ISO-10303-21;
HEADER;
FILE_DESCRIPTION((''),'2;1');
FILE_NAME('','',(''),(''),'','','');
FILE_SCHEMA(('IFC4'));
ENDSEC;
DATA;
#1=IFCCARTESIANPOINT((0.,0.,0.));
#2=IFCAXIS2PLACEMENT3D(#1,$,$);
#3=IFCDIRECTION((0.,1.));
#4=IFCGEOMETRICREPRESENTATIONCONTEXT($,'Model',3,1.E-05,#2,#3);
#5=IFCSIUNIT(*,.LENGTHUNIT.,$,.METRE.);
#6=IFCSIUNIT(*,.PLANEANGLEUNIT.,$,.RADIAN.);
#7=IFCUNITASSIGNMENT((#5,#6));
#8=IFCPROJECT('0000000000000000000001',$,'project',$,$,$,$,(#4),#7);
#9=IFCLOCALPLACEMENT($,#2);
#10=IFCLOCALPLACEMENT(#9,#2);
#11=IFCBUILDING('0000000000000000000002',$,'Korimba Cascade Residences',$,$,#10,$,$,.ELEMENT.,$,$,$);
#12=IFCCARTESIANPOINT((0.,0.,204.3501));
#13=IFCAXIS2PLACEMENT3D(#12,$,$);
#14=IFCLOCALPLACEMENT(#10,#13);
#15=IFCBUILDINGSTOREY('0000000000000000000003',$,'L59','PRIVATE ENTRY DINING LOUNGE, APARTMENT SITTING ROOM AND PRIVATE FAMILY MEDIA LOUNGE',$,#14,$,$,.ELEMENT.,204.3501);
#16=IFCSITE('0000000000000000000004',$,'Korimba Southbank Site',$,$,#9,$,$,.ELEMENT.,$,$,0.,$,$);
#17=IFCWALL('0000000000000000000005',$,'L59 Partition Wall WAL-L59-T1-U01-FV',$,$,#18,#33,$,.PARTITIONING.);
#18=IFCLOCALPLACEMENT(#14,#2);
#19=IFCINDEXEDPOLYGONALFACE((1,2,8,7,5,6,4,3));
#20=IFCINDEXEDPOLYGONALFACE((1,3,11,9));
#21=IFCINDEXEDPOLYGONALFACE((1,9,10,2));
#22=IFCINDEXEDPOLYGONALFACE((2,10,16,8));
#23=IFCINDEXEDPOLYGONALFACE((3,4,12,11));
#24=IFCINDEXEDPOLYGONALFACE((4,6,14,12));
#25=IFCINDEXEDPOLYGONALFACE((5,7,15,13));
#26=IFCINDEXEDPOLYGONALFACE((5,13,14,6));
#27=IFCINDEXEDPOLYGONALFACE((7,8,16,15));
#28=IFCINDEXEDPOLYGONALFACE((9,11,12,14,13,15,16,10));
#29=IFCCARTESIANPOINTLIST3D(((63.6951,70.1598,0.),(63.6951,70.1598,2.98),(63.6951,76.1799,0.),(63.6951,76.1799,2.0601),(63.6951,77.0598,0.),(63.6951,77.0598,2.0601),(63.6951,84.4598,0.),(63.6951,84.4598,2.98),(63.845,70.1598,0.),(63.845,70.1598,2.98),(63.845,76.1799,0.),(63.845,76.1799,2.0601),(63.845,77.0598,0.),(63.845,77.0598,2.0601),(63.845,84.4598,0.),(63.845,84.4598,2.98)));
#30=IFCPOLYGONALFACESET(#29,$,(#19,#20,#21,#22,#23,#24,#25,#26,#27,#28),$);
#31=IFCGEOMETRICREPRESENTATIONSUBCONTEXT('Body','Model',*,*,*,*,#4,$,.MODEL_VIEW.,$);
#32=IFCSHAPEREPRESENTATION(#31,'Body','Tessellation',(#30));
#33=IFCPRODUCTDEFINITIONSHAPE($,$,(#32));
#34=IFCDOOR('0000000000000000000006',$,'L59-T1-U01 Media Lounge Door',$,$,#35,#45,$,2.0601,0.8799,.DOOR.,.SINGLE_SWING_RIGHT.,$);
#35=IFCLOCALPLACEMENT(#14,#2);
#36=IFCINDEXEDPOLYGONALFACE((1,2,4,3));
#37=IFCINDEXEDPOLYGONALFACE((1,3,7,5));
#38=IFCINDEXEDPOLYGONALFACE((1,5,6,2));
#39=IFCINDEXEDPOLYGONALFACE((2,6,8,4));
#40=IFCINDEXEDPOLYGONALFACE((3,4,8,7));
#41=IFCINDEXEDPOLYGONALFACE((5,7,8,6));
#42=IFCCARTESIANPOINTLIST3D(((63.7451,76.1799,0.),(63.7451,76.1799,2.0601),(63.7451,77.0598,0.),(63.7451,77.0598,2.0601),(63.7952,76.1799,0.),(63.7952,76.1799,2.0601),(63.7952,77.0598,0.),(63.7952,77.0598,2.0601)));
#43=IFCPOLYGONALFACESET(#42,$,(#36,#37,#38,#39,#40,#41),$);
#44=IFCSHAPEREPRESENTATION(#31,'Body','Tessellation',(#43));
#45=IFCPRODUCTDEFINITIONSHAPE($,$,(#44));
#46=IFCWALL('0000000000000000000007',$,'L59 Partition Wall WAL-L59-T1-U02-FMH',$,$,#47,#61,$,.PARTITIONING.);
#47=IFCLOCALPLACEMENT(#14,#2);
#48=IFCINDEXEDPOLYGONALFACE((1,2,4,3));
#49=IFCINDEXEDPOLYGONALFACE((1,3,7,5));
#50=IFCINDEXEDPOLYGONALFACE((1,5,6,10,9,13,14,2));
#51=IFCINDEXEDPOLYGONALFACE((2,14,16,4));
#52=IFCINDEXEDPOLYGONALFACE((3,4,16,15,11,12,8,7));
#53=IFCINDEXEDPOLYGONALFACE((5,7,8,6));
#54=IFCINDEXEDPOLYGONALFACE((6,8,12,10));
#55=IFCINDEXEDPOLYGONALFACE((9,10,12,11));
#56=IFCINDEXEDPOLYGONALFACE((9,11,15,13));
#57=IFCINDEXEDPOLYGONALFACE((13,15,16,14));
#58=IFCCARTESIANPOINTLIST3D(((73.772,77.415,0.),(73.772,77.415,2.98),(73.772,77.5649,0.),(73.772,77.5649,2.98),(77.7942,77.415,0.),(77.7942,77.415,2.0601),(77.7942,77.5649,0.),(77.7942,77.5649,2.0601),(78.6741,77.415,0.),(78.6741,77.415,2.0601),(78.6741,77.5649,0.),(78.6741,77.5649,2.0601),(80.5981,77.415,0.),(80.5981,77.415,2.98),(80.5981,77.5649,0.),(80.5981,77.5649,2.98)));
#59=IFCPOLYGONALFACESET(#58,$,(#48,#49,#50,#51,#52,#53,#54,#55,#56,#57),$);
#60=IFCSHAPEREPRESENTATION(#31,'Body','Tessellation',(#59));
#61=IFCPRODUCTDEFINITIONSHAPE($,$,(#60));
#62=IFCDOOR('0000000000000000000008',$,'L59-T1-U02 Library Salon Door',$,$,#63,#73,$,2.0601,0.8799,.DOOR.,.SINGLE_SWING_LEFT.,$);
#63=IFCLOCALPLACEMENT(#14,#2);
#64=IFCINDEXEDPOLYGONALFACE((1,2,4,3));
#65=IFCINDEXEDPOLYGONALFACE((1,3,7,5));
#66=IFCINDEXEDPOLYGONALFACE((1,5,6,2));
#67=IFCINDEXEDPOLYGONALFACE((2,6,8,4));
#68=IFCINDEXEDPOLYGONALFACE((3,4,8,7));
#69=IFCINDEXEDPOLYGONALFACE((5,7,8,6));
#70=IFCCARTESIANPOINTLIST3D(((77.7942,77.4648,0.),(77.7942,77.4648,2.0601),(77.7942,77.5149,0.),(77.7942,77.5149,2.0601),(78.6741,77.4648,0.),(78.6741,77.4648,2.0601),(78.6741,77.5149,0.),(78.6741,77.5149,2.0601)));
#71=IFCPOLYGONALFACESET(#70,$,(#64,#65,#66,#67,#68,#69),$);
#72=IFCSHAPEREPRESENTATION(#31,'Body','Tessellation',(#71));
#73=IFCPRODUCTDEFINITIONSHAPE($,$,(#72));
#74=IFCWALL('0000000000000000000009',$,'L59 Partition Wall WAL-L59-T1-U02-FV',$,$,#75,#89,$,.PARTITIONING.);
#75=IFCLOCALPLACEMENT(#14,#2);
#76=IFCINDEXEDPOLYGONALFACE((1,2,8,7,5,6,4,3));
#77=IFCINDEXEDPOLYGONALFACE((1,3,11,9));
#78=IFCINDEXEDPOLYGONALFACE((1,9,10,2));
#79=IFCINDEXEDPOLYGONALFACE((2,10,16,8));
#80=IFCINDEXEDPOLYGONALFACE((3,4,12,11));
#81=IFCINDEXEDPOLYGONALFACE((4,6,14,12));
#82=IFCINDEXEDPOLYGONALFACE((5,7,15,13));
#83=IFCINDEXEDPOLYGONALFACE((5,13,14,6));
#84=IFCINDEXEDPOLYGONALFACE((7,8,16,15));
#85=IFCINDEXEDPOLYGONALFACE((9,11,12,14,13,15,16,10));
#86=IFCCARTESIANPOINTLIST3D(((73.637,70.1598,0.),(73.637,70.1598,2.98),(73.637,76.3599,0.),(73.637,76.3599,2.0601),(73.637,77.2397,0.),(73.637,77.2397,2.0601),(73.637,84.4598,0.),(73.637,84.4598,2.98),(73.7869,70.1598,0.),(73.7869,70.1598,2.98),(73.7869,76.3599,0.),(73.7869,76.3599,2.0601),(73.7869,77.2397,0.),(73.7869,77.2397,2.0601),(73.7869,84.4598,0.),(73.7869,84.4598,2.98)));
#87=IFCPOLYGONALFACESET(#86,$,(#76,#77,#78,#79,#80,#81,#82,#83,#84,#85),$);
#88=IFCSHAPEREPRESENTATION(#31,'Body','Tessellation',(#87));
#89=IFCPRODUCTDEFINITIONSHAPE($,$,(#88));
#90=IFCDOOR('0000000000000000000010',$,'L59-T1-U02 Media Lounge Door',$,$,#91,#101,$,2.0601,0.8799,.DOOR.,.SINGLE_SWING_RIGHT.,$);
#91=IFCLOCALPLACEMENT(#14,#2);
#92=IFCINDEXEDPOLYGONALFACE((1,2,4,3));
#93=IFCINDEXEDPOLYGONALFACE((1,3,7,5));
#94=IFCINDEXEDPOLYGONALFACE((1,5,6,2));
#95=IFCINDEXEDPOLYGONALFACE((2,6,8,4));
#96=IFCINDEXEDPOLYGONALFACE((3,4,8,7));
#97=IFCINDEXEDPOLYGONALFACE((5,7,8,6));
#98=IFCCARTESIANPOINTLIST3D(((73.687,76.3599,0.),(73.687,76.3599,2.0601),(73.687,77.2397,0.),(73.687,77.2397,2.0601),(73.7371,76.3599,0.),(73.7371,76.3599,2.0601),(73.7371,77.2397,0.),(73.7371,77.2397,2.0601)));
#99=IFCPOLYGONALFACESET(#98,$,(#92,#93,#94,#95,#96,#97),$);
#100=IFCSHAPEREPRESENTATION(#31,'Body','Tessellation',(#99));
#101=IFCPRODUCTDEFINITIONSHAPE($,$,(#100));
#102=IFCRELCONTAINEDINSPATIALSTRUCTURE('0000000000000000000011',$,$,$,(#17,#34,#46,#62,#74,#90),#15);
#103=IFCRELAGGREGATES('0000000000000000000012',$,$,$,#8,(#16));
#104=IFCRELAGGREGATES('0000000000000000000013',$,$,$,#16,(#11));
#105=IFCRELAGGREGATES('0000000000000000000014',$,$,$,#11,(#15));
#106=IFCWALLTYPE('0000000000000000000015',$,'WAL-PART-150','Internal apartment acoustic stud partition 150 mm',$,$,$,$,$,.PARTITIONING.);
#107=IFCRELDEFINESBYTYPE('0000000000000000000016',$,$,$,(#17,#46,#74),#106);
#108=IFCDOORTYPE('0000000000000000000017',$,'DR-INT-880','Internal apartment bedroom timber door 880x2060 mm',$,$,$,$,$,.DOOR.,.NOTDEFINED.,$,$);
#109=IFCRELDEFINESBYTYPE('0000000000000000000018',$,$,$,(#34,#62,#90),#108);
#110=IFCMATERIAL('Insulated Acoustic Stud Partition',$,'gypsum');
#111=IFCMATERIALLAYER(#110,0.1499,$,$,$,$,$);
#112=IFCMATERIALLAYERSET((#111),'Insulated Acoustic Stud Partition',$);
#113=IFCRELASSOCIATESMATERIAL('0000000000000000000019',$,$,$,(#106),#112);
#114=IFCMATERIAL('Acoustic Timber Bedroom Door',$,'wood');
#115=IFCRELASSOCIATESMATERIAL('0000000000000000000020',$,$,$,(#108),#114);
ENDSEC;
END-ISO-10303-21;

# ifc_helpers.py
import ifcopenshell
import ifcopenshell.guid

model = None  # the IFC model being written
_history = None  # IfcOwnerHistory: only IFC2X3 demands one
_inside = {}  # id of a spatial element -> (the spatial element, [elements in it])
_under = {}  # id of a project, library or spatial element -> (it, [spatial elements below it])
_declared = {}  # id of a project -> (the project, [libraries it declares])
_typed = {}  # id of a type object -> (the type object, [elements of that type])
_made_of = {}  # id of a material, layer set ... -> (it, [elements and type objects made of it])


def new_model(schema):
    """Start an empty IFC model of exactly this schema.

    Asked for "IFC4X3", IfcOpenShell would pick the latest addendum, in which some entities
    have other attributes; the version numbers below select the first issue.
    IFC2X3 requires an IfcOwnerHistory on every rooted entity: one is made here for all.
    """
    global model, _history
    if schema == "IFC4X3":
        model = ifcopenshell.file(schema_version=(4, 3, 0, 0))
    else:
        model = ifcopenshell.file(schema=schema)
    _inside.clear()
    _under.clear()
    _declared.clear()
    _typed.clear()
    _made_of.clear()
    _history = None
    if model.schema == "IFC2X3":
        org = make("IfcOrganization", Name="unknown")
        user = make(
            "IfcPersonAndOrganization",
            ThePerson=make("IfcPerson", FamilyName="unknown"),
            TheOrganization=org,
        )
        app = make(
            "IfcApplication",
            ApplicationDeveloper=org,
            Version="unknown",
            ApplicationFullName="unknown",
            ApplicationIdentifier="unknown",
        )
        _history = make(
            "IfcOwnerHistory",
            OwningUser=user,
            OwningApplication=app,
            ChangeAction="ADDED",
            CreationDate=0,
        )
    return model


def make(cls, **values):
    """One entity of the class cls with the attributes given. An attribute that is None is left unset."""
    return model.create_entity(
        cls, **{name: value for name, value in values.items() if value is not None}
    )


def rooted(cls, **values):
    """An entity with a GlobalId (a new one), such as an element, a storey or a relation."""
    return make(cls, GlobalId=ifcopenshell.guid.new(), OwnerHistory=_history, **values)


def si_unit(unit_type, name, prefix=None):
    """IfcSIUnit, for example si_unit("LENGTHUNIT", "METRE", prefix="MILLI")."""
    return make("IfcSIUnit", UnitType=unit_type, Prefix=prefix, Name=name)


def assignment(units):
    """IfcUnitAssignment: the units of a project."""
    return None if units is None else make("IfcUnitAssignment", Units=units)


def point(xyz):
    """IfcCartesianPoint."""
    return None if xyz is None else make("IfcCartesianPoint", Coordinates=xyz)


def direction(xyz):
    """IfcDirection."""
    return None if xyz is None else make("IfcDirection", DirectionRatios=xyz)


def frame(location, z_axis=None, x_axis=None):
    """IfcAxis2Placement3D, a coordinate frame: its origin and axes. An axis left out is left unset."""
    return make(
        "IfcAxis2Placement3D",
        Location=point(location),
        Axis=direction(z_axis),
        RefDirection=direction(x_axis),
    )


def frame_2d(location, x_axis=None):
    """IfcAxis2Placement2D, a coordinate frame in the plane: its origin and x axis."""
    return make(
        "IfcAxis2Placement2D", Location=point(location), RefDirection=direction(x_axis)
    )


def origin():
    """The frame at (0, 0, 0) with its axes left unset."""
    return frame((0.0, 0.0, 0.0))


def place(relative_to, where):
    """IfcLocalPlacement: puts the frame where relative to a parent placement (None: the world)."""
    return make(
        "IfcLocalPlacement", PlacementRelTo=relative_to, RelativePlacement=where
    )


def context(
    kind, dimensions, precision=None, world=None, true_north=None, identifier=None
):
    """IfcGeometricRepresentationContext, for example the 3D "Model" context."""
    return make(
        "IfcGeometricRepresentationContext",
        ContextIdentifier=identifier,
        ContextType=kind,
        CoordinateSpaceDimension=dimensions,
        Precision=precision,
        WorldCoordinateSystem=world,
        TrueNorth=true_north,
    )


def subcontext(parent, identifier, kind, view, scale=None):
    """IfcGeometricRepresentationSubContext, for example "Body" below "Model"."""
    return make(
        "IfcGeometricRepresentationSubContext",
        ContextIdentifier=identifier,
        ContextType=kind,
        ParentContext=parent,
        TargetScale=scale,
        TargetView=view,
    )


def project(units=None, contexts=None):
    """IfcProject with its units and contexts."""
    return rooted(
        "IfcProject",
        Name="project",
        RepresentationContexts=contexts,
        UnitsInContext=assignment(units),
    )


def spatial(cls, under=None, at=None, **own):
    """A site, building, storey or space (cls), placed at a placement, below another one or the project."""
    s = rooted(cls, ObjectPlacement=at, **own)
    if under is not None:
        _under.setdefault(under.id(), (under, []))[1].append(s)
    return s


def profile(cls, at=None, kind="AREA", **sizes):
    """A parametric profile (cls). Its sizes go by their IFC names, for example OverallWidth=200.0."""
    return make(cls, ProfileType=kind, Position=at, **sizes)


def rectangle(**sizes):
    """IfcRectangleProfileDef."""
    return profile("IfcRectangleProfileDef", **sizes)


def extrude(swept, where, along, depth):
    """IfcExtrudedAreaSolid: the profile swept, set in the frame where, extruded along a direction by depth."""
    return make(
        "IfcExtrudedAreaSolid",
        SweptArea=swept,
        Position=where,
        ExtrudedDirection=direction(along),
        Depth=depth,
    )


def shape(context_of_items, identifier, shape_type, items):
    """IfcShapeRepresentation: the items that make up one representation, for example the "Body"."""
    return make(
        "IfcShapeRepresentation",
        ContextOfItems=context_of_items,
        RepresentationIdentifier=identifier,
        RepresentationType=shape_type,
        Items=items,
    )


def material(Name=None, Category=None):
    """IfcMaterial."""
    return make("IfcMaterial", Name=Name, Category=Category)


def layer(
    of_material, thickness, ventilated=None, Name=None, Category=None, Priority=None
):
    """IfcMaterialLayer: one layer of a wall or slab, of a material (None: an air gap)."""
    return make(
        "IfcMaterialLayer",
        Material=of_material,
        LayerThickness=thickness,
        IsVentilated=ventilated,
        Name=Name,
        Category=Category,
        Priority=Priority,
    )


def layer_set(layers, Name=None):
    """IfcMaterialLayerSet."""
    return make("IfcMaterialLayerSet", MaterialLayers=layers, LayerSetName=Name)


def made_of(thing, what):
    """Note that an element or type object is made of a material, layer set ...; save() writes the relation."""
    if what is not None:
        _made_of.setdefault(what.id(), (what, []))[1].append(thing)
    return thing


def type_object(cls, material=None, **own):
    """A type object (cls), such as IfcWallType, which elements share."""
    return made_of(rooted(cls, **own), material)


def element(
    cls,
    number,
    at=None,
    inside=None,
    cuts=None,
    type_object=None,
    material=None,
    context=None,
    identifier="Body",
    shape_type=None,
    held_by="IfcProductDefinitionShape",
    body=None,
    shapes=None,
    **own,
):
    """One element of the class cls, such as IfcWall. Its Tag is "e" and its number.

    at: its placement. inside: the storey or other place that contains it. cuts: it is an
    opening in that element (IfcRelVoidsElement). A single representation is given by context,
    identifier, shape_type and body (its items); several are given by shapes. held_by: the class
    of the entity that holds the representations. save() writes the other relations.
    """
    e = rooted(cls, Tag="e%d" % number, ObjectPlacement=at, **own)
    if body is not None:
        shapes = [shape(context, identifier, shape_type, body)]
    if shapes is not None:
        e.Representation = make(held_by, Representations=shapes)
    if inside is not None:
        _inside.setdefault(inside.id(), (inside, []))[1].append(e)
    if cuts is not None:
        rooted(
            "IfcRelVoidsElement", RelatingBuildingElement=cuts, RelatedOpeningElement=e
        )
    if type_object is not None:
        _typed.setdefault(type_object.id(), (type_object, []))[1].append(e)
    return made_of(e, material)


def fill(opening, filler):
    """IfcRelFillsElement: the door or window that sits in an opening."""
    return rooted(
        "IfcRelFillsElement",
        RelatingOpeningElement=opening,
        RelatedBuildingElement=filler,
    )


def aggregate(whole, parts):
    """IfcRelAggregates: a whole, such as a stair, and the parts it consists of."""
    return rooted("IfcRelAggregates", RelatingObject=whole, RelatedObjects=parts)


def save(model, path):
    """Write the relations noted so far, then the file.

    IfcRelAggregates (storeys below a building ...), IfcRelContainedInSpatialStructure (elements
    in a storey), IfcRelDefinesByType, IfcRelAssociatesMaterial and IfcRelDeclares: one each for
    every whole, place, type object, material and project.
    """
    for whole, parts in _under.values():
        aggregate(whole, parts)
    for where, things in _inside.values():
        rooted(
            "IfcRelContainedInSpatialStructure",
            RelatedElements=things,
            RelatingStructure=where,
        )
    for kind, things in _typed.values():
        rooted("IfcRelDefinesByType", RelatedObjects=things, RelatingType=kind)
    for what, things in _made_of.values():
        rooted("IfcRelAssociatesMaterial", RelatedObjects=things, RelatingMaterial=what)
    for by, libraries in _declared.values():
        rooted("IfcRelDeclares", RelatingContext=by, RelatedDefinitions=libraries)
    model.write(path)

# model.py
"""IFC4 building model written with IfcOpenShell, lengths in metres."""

from ifc_helpers import new_model, si_unit, direction, frame, frame_2d, origin, place, context, subcontext, project, spatial, rectangle, extrude, material, layer, layer_set, type_object, element, fill, save


model = new_model("IFC4")

# Units and contexts
model_context = context("Model", 3, precision=1e-05, world=origin(), true_north=direction((0.0, 1.0)))
body_context = subcontext(model_context, "Body", "Model", "MODEL_VIEW")
ifc_project = project(units=[si_unit("LENGTHUNIT", "METRE"), si_unit("PLANEANGLEUNIT", "RADIAN")], contexts=[model_context])

# Site, building, storey
site_placement = place(None, origin())
site = spatial("IfcSite", under=ifc_project, at=site_placement, Name="Korimba Southbank Site", CompositionType="ELEMENT", RefElevation=0.0)
building_placement = place(site_placement, origin())
building = spatial("IfcBuilding", under=site, at=building_placement, Name="Korimba Cascade Residences", CompositionType="ELEMENT")
storey_placement = place(building_placement, frame((0.0, 0.0, 204.3501)))
storey = spatial("IfcBuildingStorey", under=building, at=storey_placement, Name="L59", Description="PRIVATE ENTRY DINING LOUNGE, APARTMENT SITTING ROOM AND PRIVATE FAMILY MEDIA LOUNGE", CompositionType="ELEMENT", Elevation=204.3501)

# Walls, openings, doors
ifc_material_1 = material(Name="Insulated Acoustic Stud Partition", Category="gypsum")
ifc_layer_1 = layer(ifc_material_1, 0.1499)
ifc_layer_set_1 = layer_set([ifc_layer_1], Name="Insulated Acoustic Stud Partition")
wall_type_1 = type_object("IfcWallType", Name="WAL-PART-150", Description="Internal apartment acoustic stud partition 150 mm", PredefinedType="PARTITIONING", material=ifc_layer_set_1)
ifc_material_2 = material(Name="Acoustic Timber Bedroom Door", Category="wood")
door_type_1 = type_object("IfcDoorType", Name="DR-INT-880", Description="Internal apartment bedroom timber door 880x2060 mm", OperationType="NOTDEFINED", PredefinedType="DOOR", material=ifc_material_2)
wall_1_placement = place(storey_placement, frame((63.77, 70.1599, 0.0), z_axis=(0.0, 0.0, 1.0), x_axis=(0.0, 1.0, 0.0)))
wall_1 = element("IfcWall", 1, at=wall_1_placement, inside=storey, type_object=wall_type_1, Name="L59 Partition Wall WAL-L59-T1-U01-FV", PredefinedType="PARTITIONING", context=body_context, shape_type="SweptSolid", body=[
    extrude(rectangle(XDim=14.3, YDim=0.1499, at=frame_2d((7.1499, 0.0))), origin(), (0.0, 0.0, 1.0), 2.98),
])
opening_1_placement = place(wall_1_placement, frame((6.02, 0.0, 0.0)))
opening_1 = element("IfcOpeningElement", 2, at=opening_1_placement, cuts=wall_1, PredefinedType="OPENING", context=body_context, shape_type="SweptSolid", body=[
    extrude(rectangle(XDim=0.8799, YDim=2.0601, at=frame_2d((0.4399, 1.03))), frame((0.0, 0.085, 0.0), z_axis=(0.0, -1.0, 0.0), x_axis=(1.0, 0.0, 0.0)), (0.0, 0.0, 1.0), 0.1699),
])
door_1_placement = place(opening_1_placement, origin())
door_1 = element("IfcDoor", 3, at=door_1_placement, inside=storey, type_object=door_type_1, Name="L59-T1-U01 Media Lounge Door", OperationType="SINGLE_SWING_RIGHT", OverallHeight=2.0601, OverallWidth=0.8799, PredefinedType="DOOR", context=body_context, shape_type="SweptSolid", body=[
    extrude(rectangle(XDim=0.8799, YDim=2.0601, at=frame_2d((0.4399, 1.03))), frame((0.0, 0.0249, 0.0), z_axis=(0.0, -1.0, 0.0), x_axis=(1.0, 0.0, 0.0)), (0.0, 0.0, 1.0), 0.05),
])
fill(opening_1, door_1)
wall_2_placement = place(storey_placement, frame((73.772, 77.49, 0.0), z_axis=(0.0, 0.0, 1.0), x_axis=(1.0, 0.0, 0.0)))
wall_2 = element("IfcWall", 4, at=wall_2_placement, inside=storey, type_object=wall_type_1, Name="L59 Partition Wall WAL-L59-T1-U02-FMH", PredefinedType="PARTITIONING", context=body_context, shape_type="SweptSolid", body=[
    extrude(rectangle(XDim=6.8262, YDim=0.1499, at=frame_2d((3.4131, 0.0))), origin(), (0.0, 0.0, 1.0), 2.98),
])
opening_2_placement = place(wall_2_placement, frame((4.0222, 0.0, 0.0)))
opening_2 = element("IfcOpeningElement", 5, at=opening_2_placement, cuts=wall_2, PredefinedType="OPENING", context=body_context, shape_type="SweptSolid", body=[
    extrude(rectangle(XDim=0.8799, YDim=2.0601, at=frame_2d((0.4399, 1.03))), frame((0.0, 0.085, 0.0), z_axis=(0.0, -1.0, 0.0), x_axis=(1.0, 0.0, 0.0)), (0.0, 0.0, 1.0), 0.1699),
])
door_2_placement = place(opening_2_placement, origin())
door_2 = element("IfcDoor", 6, at=door_2_placement, inside=storey, type_object=door_type_1, Name="L59-T1-U02 Library Salon Door", OperationType="SINGLE_SWING_LEFT", OverallHeight=2.0601, OverallWidth=0.8799, PredefinedType="DOOR", context=body_context, shape_type="SweptSolid", body=[
    extrude(rectangle(XDim=0.8799, YDim=2.0601, at=frame_2d((0.4399, 1.03))), frame((0.0, 0.0249, 0.0), z_axis=(0.0, -1.0, 0.0), x_axis=(1.0, 0.0, 0.0)), (0.0, 0.0, 1.0), 0.05),
])
fill(opening_2, door_2)
wall_3_placement = place(storey_placement, frame((73.7119, 70.1599, 0.0), z_axis=(0.0, 0.0, 1.0), x_axis=(0.0, 1.0, 0.0)))
wall_3 = element("IfcWall", 7, at=wall_3_placement, inside=storey, type_object=wall_type_1, Name="L59 Partition Wall WAL-L59-T1-U02-FV", PredefinedType="PARTITIONING", context=body_context, shape_type="SweptSolid", body=[
    extrude(rectangle(XDim=14.3, YDim=0.1499, at=frame_2d((7.1499, 0.0))), origin(), (0.0, 0.0, 1.0), 2.98),
])
opening_3_placement = place(wall_3_placement, frame((6.2, 0.0, 0.0)))
opening_3 = element("IfcOpeningElement", 8, at=opening_3_placement, cuts=wall_3, PredefinedType="OPENING", context=body_context, shape_type="SweptSolid", body=[
    extrude(rectangle(XDim=0.8799, YDim=2.0601, at=frame_2d((0.4399, 1.03))), frame((0.0, 0.085, 0.0), z_axis=(0.0, -1.0, 0.0), x_axis=(1.0, 0.0, 0.0)), (0.0, 0.0, 1.0), 0.1699),
])
door_3_placement = place(opening_3_placement, origin())
door_3 = element("IfcDoor", 9, at=door_3_placement, inside=storey, type_object=door_type_1, Name="L59-T1-U02 Media Lounge Door", OperationType="SINGLE_SWING_RIGHT", OverallHeight=2.0601, OverallWidth=0.8799, PredefinedType="DOOR", context=body_context, shape_type="SweptSolid", body=[
    extrude(rectangle(XDim=0.8799, YDim=2.0601, at=frame_2d((0.4399, 1.03))), frame((0.0, 0.0249, 0.0), z_axis=(0.0, -1.0, 0.0), x_axis=(1.0, 0.0, 0.0)), (0.0, 0.0, 1.0), 0.05),
])
fill(opening_3, door_3)

save(model, "model.ifc")
